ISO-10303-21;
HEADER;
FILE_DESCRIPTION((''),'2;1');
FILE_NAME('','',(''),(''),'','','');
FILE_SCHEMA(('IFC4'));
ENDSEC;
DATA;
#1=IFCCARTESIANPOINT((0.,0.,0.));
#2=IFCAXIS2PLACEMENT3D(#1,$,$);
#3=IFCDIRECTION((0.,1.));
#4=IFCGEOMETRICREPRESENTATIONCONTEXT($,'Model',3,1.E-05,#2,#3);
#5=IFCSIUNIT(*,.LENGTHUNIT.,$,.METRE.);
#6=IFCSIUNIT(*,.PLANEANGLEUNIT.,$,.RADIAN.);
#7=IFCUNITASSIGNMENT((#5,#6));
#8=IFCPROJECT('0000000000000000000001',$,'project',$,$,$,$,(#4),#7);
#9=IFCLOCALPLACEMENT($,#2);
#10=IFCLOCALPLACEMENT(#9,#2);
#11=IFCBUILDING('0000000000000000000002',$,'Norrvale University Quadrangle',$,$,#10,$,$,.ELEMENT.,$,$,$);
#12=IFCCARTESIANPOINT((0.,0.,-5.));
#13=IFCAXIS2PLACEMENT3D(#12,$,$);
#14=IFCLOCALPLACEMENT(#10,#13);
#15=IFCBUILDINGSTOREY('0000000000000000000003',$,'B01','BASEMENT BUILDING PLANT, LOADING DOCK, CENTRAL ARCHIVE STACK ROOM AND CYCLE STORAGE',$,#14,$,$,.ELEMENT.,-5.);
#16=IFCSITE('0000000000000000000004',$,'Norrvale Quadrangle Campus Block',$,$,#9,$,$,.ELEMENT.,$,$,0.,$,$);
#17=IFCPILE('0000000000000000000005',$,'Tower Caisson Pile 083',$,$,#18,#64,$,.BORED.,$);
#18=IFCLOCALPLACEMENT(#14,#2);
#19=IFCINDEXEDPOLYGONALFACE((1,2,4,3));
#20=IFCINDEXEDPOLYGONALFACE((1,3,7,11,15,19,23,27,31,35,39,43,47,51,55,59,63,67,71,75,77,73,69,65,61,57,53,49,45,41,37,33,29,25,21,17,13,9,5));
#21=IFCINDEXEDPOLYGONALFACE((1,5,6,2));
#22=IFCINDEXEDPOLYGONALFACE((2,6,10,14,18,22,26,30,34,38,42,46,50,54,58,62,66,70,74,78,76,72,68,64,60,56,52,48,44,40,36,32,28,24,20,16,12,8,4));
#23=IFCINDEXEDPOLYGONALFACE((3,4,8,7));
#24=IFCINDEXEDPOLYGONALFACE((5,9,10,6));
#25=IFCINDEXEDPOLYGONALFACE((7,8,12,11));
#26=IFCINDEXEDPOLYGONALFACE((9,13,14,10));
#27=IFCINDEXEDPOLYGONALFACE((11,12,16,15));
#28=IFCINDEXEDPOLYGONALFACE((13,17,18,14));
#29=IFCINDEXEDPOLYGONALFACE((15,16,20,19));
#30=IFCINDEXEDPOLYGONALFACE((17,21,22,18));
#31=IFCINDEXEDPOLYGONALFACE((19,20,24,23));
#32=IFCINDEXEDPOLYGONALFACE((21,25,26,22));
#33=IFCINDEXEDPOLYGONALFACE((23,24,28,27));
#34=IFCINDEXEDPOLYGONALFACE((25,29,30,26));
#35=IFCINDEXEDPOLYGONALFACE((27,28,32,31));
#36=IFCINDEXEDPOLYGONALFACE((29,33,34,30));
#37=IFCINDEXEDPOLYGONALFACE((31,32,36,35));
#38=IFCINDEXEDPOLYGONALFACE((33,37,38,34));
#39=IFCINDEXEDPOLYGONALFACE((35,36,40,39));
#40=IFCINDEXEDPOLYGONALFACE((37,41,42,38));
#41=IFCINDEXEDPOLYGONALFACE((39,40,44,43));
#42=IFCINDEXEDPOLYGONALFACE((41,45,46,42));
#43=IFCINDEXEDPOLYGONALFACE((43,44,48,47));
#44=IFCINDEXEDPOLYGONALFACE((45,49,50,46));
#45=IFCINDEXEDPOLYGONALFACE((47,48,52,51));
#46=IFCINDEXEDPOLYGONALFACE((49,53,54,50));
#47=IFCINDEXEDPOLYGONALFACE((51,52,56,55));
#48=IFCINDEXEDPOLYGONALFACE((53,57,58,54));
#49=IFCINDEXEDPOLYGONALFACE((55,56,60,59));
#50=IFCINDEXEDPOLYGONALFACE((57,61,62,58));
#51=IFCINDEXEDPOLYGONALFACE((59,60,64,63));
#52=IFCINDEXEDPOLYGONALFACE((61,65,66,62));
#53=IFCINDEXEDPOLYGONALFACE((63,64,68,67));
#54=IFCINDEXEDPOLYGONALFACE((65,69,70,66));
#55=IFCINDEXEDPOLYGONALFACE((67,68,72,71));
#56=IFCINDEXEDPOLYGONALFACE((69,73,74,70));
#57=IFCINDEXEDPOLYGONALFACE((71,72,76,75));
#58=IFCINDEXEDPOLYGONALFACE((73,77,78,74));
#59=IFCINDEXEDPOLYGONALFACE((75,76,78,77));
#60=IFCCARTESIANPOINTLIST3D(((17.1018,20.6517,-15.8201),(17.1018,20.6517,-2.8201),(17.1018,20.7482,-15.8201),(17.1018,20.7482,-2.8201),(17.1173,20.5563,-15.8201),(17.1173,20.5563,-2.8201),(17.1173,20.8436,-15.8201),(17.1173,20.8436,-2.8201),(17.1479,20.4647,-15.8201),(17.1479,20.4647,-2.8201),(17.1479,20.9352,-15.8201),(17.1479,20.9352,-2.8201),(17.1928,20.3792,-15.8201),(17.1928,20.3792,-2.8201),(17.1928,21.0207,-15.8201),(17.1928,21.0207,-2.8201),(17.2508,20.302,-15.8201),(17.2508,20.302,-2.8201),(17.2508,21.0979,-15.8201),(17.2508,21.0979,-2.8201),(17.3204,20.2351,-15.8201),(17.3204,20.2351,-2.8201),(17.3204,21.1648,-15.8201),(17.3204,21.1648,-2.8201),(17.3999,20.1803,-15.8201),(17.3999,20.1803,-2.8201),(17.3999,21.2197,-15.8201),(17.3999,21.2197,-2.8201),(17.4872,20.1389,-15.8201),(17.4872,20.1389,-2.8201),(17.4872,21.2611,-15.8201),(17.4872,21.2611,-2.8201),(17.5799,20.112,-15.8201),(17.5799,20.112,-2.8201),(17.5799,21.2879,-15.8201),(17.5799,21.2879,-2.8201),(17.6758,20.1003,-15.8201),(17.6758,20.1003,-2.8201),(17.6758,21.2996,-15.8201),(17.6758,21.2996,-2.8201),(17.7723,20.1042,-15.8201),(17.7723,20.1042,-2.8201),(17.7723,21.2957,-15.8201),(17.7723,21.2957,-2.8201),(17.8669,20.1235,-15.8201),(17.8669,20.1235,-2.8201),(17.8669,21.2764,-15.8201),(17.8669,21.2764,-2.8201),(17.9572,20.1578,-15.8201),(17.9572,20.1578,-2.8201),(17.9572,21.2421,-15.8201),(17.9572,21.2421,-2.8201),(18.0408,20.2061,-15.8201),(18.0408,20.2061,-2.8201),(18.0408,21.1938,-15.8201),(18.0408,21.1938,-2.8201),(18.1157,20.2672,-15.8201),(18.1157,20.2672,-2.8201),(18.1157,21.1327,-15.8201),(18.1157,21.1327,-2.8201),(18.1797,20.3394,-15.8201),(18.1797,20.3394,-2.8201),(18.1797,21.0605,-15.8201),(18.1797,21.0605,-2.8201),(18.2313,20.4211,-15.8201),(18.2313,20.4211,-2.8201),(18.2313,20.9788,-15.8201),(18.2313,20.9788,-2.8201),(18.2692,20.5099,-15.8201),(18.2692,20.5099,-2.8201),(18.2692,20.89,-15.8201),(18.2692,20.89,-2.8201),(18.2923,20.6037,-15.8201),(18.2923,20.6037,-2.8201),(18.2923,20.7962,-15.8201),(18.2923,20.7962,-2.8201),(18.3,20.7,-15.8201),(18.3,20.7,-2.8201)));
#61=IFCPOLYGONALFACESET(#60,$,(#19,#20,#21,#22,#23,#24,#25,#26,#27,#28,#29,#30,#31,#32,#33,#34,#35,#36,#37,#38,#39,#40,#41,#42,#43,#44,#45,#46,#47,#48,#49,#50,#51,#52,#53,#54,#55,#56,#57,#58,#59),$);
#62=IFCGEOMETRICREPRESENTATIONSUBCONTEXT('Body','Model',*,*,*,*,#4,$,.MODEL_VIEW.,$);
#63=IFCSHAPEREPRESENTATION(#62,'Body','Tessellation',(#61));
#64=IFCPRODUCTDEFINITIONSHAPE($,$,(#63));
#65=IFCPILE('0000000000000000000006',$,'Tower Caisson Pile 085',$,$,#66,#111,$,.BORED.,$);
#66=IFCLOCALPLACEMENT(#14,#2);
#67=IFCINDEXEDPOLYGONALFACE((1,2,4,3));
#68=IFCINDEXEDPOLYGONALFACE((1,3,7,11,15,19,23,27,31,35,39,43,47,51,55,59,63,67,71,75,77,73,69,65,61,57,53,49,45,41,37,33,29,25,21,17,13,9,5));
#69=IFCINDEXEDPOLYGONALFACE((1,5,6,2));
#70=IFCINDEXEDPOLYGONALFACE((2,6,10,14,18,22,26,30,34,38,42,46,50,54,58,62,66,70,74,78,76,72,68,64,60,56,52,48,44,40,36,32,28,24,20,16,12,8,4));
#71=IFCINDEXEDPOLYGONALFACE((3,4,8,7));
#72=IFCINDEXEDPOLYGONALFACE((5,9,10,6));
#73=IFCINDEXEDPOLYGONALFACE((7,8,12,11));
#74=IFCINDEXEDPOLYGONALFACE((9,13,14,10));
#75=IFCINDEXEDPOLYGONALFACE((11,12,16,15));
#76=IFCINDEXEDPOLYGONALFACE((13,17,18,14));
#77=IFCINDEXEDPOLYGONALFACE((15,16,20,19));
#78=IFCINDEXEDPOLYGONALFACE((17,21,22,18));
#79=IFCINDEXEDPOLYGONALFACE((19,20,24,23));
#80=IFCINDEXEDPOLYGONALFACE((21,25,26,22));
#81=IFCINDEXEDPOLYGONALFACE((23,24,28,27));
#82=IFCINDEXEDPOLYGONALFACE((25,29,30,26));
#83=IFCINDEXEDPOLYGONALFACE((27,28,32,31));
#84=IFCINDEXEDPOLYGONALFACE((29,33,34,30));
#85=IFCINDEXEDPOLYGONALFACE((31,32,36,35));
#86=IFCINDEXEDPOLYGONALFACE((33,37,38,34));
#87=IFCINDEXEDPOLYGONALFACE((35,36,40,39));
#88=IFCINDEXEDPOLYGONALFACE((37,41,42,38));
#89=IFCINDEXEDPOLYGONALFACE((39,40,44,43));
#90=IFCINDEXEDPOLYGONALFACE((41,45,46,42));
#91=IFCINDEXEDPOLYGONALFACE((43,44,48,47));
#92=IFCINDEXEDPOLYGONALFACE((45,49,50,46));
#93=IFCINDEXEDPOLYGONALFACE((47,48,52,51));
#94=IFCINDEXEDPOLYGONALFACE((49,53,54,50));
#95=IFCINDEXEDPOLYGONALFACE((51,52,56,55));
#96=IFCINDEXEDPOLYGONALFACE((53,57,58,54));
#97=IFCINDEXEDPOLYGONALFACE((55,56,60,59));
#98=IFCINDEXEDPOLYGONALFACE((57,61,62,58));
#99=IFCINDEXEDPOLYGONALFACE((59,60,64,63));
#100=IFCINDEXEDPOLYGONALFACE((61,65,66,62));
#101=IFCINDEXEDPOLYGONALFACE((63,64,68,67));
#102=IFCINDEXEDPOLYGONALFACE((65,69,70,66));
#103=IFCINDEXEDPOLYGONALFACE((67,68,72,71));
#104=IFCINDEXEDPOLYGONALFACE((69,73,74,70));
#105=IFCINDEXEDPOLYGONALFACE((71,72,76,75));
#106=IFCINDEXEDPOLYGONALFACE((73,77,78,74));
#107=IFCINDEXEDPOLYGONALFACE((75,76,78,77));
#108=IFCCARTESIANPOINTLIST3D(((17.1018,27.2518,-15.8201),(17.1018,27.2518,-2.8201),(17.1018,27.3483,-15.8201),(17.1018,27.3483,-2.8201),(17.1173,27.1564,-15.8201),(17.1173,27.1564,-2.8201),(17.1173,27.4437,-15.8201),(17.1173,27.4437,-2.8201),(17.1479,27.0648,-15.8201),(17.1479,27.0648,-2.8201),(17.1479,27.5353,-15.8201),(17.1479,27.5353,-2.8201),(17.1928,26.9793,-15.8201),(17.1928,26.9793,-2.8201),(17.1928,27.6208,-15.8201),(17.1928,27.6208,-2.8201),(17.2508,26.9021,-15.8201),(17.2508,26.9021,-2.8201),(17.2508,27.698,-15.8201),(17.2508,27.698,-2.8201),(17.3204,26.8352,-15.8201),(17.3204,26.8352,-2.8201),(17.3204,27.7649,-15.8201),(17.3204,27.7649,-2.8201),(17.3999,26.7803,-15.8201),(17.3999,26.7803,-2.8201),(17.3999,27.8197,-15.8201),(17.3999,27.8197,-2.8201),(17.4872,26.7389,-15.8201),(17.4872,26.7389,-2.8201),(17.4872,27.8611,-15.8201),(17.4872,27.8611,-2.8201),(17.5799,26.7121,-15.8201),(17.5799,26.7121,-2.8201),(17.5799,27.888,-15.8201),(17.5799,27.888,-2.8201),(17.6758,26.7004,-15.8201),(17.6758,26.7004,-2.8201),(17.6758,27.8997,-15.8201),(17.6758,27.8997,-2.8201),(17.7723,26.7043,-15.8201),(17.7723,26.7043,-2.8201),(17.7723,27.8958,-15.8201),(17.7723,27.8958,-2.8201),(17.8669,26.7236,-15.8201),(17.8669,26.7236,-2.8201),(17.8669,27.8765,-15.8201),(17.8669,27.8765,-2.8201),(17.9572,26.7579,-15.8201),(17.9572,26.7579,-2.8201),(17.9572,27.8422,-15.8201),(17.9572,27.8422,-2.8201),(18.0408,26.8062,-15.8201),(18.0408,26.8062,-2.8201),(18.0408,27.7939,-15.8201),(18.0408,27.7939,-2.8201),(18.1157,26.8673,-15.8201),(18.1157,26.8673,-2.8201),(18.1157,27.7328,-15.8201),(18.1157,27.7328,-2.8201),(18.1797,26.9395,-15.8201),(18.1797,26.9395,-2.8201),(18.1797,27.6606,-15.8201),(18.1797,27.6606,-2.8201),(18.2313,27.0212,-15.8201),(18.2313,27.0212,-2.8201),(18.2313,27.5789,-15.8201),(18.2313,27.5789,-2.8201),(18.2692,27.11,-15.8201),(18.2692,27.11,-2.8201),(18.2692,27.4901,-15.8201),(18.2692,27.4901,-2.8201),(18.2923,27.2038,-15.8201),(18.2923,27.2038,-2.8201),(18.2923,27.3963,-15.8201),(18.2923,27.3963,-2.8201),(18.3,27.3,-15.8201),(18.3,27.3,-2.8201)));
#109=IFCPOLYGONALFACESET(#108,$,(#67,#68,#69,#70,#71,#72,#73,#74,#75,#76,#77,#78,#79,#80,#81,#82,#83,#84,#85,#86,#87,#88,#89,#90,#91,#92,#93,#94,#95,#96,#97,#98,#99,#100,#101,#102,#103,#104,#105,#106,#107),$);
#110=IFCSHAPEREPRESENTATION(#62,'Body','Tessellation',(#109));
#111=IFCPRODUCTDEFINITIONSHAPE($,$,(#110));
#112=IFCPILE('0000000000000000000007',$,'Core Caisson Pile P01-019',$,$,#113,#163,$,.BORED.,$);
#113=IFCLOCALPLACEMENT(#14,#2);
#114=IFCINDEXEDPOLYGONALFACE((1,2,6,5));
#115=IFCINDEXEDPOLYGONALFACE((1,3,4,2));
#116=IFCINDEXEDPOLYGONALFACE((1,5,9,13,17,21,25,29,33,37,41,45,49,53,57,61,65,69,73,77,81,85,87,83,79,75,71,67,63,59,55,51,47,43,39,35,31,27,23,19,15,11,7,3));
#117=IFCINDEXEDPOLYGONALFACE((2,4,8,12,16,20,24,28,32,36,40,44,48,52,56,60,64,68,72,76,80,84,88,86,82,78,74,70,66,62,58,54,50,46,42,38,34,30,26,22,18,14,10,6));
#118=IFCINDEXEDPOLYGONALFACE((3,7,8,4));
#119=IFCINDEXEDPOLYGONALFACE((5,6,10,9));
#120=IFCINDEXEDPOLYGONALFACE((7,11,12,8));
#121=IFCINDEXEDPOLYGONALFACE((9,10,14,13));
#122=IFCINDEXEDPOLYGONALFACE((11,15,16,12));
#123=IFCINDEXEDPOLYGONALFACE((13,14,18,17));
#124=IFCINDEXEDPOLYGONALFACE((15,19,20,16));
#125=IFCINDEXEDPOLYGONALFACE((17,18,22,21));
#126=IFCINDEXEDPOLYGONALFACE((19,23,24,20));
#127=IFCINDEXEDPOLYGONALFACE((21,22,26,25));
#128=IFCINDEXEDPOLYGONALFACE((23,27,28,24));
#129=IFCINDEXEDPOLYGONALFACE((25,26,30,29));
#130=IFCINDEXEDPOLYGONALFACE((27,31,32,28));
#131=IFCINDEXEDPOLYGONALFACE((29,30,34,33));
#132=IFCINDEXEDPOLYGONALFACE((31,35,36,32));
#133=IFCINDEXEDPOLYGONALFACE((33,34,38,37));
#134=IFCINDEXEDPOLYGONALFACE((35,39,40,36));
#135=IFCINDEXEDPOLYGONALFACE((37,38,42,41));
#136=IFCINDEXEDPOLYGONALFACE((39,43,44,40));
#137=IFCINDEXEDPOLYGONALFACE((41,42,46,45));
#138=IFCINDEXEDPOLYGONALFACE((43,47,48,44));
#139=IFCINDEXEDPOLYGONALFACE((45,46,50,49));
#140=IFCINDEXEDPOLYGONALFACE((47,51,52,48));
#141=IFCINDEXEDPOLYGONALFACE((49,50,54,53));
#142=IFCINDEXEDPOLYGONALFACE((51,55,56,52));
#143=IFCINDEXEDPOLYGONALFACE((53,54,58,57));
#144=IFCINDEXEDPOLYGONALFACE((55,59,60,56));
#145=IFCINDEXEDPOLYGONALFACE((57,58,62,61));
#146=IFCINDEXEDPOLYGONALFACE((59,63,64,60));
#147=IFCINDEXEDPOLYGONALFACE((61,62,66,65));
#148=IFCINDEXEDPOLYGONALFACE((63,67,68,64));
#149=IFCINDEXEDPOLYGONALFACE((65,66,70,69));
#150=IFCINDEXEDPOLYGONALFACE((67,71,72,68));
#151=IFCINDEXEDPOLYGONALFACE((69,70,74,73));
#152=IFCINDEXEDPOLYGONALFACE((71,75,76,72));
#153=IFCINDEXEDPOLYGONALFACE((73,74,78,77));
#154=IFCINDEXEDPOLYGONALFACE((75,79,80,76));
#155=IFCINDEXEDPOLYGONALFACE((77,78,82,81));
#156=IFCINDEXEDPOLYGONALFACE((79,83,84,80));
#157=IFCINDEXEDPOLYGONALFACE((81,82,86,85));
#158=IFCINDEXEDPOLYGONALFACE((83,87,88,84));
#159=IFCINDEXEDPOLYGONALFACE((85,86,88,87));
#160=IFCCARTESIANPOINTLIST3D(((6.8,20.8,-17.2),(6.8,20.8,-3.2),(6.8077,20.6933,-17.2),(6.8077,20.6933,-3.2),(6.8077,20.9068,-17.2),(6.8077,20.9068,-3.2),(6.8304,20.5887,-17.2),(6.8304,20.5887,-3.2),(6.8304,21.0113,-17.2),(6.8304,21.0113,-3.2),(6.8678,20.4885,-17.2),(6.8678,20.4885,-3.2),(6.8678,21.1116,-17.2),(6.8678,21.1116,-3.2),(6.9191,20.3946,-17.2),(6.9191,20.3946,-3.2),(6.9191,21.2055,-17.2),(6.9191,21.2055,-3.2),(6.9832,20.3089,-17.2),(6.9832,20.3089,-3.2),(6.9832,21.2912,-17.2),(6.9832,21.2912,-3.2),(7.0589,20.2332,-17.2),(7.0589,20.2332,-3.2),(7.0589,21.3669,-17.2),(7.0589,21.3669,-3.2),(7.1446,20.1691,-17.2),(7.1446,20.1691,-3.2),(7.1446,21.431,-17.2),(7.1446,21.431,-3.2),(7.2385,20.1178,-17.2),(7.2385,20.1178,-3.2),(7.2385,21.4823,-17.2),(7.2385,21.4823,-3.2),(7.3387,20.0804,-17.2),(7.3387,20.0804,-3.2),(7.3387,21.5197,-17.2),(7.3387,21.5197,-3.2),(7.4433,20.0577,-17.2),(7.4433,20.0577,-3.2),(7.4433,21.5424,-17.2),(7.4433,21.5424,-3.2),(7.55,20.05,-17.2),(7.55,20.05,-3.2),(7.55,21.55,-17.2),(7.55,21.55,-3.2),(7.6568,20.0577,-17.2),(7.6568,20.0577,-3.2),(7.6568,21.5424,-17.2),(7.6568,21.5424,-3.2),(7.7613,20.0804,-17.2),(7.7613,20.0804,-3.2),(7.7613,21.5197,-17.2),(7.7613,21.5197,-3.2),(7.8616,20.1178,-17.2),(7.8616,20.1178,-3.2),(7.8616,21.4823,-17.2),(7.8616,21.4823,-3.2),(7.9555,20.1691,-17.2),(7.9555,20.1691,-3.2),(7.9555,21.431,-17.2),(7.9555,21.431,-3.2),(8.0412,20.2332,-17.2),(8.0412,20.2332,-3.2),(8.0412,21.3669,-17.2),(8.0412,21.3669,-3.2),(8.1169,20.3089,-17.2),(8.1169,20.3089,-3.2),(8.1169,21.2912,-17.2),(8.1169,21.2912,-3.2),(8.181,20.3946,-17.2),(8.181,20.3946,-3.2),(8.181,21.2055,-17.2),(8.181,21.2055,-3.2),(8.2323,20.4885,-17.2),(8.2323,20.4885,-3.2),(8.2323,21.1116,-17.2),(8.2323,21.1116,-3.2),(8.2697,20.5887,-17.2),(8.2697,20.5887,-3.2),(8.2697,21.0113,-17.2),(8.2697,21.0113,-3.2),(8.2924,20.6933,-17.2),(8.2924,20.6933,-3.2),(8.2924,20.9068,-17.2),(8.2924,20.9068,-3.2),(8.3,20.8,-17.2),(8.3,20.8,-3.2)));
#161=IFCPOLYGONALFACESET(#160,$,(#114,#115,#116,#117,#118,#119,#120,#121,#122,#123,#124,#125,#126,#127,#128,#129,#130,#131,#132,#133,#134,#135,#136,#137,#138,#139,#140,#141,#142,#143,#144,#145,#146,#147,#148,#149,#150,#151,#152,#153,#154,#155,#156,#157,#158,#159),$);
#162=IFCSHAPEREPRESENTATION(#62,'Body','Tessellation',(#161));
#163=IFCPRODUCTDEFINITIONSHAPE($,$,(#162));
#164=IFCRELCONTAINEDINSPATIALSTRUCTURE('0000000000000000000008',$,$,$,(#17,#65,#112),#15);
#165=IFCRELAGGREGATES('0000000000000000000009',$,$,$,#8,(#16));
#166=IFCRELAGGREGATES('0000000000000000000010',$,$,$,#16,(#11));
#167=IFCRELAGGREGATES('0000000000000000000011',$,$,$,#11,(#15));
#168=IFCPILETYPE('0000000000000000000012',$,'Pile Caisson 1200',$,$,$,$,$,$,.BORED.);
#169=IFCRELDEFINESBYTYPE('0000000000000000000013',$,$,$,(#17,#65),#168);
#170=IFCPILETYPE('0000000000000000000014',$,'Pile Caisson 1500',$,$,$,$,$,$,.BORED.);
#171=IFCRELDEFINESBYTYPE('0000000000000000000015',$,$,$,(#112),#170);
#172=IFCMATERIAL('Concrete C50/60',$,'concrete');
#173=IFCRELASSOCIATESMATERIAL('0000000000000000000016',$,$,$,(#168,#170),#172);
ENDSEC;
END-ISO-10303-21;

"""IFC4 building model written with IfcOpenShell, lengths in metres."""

from ifc_helpers import new_model, si_unit, direction, frame, origin, origin_2d, place, context, subcontext, project, spatial, circle, extrude, material, material_profile, profile_set, type_object, element, save


model = new_model("IFC4")

# Units and contexts
model_context = context("Model", 3, precision=1e-05, world=origin(), true_north=direction((0.0, 1.0)))
body_context = subcontext(model_context, "Body", "Model", "MODEL_VIEW")
ifc_project = project(units=[si_unit("LENGTHUNIT", "METRE"), si_unit("PLANEANGLEUNIT", "RADIAN")], contexts=[model_context])

# Site, building, storey
site_placement = place(None, origin())
site = spatial("IfcSite", under=ifc_project, at=site_placement, Name="Norrvale Quadrangle Campus Block", CompositionType="ELEMENT", RefElevation=0.0)
building_placement = place(site_placement, origin())
building = spatial("IfcBuilding", under=site, at=building_placement, Name="Norrvale University Quadrangle", CompositionType="ELEMENT")
storey_placement = place(building_placement, frame((0.0, 0.0, -5.0)))
storey = spatial("IfcBuildingStorey", under=building, at=storey_placement, Name="B01", Description="BASEMENT BUILDING PLANT, LOADING DOCK, CENTRAL ARCHIVE STACK ROOM AND CYCLE STORAGE", CompositionType="ELEMENT", Elevation=-5.0)

# Piles
ifc_material_1 = material(Name="Concrete C50/60", Category="concrete")
ifc_material_profile_1 = material_profile(ifc_material_1, circle(Radius=0.6001, at=origin_2d()), Name="Concrete C50/60")
ifc_profile_set_1 = profile_set([ifc_material_profile_1], Name="Concrete C50/60")
pile_type_1 = type_object("IfcPileType", Name="Pile Caisson 1200", PredefinedType="BORED", material=ifc_profile_set_1)
for number, where, z_axis, x_axis, name in (
    (1, (17.7, 20.7, -2.8201), (0.0, 0.0, -1.0), (1.0, 0.0, 0.0), "Tower Caisson Pile 083"),
    (2, (17.7, 27.3, -2.8201), (0.0, 0.0, -1.0), (1.0, 0.0, 0.0), "Tower Caisson Pile 085"),
):
    element("IfcPile", number, at=place(storey_placement, frame(where, z_axis=z_axis, x_axis=x_axis)), inside=storey, type_object=pile_type_1, Name=name, PredefinedType="BORED", context=body_context, shape_type="SweptSolid", body=[
        extrude(circle(Radius=0.6001, at=origin_2d()), origin(), (0.0, 0.0, 1.0), 13.0),
    ])
ifc_material_profile_2 = material_profile(ifc_material_1, circle(Radius=0.75, at=origin_2d()), Name="Concrete C50/60")
ifc_profile_set_2 = profile_set([ifc_material_profile_2], Name="Concrete C50/60")
pile_type_2 = type_object("IfcPileType", Name="Pile Caisson 1500", PredefinedType="BORED", material=ifc_profile_set_2)
for number, where, z_axis, x_axis, name in (
    (3, (7.55, 20.8, -3.2), (0.0, 0.0, -1.0), (1.0, 0.0, 0.0), "Core Caisson Pile P01-019"),
):
    element("IfcPile", number, at=place(storey_placement, frame(where, z_axis=z_axis, x_axis=x_axis)), inside=storey, type_object=pile_type_2, Name=name, PredefinedType="BORED", context=body_context, shape_type="SweptSolid", body=[
        extrude(circle(Radius=0.75, at=origin_2d()), origin(), (0.0, 0.0, 1.0), 14.0),
    ])

save(model, "model.ifc")
